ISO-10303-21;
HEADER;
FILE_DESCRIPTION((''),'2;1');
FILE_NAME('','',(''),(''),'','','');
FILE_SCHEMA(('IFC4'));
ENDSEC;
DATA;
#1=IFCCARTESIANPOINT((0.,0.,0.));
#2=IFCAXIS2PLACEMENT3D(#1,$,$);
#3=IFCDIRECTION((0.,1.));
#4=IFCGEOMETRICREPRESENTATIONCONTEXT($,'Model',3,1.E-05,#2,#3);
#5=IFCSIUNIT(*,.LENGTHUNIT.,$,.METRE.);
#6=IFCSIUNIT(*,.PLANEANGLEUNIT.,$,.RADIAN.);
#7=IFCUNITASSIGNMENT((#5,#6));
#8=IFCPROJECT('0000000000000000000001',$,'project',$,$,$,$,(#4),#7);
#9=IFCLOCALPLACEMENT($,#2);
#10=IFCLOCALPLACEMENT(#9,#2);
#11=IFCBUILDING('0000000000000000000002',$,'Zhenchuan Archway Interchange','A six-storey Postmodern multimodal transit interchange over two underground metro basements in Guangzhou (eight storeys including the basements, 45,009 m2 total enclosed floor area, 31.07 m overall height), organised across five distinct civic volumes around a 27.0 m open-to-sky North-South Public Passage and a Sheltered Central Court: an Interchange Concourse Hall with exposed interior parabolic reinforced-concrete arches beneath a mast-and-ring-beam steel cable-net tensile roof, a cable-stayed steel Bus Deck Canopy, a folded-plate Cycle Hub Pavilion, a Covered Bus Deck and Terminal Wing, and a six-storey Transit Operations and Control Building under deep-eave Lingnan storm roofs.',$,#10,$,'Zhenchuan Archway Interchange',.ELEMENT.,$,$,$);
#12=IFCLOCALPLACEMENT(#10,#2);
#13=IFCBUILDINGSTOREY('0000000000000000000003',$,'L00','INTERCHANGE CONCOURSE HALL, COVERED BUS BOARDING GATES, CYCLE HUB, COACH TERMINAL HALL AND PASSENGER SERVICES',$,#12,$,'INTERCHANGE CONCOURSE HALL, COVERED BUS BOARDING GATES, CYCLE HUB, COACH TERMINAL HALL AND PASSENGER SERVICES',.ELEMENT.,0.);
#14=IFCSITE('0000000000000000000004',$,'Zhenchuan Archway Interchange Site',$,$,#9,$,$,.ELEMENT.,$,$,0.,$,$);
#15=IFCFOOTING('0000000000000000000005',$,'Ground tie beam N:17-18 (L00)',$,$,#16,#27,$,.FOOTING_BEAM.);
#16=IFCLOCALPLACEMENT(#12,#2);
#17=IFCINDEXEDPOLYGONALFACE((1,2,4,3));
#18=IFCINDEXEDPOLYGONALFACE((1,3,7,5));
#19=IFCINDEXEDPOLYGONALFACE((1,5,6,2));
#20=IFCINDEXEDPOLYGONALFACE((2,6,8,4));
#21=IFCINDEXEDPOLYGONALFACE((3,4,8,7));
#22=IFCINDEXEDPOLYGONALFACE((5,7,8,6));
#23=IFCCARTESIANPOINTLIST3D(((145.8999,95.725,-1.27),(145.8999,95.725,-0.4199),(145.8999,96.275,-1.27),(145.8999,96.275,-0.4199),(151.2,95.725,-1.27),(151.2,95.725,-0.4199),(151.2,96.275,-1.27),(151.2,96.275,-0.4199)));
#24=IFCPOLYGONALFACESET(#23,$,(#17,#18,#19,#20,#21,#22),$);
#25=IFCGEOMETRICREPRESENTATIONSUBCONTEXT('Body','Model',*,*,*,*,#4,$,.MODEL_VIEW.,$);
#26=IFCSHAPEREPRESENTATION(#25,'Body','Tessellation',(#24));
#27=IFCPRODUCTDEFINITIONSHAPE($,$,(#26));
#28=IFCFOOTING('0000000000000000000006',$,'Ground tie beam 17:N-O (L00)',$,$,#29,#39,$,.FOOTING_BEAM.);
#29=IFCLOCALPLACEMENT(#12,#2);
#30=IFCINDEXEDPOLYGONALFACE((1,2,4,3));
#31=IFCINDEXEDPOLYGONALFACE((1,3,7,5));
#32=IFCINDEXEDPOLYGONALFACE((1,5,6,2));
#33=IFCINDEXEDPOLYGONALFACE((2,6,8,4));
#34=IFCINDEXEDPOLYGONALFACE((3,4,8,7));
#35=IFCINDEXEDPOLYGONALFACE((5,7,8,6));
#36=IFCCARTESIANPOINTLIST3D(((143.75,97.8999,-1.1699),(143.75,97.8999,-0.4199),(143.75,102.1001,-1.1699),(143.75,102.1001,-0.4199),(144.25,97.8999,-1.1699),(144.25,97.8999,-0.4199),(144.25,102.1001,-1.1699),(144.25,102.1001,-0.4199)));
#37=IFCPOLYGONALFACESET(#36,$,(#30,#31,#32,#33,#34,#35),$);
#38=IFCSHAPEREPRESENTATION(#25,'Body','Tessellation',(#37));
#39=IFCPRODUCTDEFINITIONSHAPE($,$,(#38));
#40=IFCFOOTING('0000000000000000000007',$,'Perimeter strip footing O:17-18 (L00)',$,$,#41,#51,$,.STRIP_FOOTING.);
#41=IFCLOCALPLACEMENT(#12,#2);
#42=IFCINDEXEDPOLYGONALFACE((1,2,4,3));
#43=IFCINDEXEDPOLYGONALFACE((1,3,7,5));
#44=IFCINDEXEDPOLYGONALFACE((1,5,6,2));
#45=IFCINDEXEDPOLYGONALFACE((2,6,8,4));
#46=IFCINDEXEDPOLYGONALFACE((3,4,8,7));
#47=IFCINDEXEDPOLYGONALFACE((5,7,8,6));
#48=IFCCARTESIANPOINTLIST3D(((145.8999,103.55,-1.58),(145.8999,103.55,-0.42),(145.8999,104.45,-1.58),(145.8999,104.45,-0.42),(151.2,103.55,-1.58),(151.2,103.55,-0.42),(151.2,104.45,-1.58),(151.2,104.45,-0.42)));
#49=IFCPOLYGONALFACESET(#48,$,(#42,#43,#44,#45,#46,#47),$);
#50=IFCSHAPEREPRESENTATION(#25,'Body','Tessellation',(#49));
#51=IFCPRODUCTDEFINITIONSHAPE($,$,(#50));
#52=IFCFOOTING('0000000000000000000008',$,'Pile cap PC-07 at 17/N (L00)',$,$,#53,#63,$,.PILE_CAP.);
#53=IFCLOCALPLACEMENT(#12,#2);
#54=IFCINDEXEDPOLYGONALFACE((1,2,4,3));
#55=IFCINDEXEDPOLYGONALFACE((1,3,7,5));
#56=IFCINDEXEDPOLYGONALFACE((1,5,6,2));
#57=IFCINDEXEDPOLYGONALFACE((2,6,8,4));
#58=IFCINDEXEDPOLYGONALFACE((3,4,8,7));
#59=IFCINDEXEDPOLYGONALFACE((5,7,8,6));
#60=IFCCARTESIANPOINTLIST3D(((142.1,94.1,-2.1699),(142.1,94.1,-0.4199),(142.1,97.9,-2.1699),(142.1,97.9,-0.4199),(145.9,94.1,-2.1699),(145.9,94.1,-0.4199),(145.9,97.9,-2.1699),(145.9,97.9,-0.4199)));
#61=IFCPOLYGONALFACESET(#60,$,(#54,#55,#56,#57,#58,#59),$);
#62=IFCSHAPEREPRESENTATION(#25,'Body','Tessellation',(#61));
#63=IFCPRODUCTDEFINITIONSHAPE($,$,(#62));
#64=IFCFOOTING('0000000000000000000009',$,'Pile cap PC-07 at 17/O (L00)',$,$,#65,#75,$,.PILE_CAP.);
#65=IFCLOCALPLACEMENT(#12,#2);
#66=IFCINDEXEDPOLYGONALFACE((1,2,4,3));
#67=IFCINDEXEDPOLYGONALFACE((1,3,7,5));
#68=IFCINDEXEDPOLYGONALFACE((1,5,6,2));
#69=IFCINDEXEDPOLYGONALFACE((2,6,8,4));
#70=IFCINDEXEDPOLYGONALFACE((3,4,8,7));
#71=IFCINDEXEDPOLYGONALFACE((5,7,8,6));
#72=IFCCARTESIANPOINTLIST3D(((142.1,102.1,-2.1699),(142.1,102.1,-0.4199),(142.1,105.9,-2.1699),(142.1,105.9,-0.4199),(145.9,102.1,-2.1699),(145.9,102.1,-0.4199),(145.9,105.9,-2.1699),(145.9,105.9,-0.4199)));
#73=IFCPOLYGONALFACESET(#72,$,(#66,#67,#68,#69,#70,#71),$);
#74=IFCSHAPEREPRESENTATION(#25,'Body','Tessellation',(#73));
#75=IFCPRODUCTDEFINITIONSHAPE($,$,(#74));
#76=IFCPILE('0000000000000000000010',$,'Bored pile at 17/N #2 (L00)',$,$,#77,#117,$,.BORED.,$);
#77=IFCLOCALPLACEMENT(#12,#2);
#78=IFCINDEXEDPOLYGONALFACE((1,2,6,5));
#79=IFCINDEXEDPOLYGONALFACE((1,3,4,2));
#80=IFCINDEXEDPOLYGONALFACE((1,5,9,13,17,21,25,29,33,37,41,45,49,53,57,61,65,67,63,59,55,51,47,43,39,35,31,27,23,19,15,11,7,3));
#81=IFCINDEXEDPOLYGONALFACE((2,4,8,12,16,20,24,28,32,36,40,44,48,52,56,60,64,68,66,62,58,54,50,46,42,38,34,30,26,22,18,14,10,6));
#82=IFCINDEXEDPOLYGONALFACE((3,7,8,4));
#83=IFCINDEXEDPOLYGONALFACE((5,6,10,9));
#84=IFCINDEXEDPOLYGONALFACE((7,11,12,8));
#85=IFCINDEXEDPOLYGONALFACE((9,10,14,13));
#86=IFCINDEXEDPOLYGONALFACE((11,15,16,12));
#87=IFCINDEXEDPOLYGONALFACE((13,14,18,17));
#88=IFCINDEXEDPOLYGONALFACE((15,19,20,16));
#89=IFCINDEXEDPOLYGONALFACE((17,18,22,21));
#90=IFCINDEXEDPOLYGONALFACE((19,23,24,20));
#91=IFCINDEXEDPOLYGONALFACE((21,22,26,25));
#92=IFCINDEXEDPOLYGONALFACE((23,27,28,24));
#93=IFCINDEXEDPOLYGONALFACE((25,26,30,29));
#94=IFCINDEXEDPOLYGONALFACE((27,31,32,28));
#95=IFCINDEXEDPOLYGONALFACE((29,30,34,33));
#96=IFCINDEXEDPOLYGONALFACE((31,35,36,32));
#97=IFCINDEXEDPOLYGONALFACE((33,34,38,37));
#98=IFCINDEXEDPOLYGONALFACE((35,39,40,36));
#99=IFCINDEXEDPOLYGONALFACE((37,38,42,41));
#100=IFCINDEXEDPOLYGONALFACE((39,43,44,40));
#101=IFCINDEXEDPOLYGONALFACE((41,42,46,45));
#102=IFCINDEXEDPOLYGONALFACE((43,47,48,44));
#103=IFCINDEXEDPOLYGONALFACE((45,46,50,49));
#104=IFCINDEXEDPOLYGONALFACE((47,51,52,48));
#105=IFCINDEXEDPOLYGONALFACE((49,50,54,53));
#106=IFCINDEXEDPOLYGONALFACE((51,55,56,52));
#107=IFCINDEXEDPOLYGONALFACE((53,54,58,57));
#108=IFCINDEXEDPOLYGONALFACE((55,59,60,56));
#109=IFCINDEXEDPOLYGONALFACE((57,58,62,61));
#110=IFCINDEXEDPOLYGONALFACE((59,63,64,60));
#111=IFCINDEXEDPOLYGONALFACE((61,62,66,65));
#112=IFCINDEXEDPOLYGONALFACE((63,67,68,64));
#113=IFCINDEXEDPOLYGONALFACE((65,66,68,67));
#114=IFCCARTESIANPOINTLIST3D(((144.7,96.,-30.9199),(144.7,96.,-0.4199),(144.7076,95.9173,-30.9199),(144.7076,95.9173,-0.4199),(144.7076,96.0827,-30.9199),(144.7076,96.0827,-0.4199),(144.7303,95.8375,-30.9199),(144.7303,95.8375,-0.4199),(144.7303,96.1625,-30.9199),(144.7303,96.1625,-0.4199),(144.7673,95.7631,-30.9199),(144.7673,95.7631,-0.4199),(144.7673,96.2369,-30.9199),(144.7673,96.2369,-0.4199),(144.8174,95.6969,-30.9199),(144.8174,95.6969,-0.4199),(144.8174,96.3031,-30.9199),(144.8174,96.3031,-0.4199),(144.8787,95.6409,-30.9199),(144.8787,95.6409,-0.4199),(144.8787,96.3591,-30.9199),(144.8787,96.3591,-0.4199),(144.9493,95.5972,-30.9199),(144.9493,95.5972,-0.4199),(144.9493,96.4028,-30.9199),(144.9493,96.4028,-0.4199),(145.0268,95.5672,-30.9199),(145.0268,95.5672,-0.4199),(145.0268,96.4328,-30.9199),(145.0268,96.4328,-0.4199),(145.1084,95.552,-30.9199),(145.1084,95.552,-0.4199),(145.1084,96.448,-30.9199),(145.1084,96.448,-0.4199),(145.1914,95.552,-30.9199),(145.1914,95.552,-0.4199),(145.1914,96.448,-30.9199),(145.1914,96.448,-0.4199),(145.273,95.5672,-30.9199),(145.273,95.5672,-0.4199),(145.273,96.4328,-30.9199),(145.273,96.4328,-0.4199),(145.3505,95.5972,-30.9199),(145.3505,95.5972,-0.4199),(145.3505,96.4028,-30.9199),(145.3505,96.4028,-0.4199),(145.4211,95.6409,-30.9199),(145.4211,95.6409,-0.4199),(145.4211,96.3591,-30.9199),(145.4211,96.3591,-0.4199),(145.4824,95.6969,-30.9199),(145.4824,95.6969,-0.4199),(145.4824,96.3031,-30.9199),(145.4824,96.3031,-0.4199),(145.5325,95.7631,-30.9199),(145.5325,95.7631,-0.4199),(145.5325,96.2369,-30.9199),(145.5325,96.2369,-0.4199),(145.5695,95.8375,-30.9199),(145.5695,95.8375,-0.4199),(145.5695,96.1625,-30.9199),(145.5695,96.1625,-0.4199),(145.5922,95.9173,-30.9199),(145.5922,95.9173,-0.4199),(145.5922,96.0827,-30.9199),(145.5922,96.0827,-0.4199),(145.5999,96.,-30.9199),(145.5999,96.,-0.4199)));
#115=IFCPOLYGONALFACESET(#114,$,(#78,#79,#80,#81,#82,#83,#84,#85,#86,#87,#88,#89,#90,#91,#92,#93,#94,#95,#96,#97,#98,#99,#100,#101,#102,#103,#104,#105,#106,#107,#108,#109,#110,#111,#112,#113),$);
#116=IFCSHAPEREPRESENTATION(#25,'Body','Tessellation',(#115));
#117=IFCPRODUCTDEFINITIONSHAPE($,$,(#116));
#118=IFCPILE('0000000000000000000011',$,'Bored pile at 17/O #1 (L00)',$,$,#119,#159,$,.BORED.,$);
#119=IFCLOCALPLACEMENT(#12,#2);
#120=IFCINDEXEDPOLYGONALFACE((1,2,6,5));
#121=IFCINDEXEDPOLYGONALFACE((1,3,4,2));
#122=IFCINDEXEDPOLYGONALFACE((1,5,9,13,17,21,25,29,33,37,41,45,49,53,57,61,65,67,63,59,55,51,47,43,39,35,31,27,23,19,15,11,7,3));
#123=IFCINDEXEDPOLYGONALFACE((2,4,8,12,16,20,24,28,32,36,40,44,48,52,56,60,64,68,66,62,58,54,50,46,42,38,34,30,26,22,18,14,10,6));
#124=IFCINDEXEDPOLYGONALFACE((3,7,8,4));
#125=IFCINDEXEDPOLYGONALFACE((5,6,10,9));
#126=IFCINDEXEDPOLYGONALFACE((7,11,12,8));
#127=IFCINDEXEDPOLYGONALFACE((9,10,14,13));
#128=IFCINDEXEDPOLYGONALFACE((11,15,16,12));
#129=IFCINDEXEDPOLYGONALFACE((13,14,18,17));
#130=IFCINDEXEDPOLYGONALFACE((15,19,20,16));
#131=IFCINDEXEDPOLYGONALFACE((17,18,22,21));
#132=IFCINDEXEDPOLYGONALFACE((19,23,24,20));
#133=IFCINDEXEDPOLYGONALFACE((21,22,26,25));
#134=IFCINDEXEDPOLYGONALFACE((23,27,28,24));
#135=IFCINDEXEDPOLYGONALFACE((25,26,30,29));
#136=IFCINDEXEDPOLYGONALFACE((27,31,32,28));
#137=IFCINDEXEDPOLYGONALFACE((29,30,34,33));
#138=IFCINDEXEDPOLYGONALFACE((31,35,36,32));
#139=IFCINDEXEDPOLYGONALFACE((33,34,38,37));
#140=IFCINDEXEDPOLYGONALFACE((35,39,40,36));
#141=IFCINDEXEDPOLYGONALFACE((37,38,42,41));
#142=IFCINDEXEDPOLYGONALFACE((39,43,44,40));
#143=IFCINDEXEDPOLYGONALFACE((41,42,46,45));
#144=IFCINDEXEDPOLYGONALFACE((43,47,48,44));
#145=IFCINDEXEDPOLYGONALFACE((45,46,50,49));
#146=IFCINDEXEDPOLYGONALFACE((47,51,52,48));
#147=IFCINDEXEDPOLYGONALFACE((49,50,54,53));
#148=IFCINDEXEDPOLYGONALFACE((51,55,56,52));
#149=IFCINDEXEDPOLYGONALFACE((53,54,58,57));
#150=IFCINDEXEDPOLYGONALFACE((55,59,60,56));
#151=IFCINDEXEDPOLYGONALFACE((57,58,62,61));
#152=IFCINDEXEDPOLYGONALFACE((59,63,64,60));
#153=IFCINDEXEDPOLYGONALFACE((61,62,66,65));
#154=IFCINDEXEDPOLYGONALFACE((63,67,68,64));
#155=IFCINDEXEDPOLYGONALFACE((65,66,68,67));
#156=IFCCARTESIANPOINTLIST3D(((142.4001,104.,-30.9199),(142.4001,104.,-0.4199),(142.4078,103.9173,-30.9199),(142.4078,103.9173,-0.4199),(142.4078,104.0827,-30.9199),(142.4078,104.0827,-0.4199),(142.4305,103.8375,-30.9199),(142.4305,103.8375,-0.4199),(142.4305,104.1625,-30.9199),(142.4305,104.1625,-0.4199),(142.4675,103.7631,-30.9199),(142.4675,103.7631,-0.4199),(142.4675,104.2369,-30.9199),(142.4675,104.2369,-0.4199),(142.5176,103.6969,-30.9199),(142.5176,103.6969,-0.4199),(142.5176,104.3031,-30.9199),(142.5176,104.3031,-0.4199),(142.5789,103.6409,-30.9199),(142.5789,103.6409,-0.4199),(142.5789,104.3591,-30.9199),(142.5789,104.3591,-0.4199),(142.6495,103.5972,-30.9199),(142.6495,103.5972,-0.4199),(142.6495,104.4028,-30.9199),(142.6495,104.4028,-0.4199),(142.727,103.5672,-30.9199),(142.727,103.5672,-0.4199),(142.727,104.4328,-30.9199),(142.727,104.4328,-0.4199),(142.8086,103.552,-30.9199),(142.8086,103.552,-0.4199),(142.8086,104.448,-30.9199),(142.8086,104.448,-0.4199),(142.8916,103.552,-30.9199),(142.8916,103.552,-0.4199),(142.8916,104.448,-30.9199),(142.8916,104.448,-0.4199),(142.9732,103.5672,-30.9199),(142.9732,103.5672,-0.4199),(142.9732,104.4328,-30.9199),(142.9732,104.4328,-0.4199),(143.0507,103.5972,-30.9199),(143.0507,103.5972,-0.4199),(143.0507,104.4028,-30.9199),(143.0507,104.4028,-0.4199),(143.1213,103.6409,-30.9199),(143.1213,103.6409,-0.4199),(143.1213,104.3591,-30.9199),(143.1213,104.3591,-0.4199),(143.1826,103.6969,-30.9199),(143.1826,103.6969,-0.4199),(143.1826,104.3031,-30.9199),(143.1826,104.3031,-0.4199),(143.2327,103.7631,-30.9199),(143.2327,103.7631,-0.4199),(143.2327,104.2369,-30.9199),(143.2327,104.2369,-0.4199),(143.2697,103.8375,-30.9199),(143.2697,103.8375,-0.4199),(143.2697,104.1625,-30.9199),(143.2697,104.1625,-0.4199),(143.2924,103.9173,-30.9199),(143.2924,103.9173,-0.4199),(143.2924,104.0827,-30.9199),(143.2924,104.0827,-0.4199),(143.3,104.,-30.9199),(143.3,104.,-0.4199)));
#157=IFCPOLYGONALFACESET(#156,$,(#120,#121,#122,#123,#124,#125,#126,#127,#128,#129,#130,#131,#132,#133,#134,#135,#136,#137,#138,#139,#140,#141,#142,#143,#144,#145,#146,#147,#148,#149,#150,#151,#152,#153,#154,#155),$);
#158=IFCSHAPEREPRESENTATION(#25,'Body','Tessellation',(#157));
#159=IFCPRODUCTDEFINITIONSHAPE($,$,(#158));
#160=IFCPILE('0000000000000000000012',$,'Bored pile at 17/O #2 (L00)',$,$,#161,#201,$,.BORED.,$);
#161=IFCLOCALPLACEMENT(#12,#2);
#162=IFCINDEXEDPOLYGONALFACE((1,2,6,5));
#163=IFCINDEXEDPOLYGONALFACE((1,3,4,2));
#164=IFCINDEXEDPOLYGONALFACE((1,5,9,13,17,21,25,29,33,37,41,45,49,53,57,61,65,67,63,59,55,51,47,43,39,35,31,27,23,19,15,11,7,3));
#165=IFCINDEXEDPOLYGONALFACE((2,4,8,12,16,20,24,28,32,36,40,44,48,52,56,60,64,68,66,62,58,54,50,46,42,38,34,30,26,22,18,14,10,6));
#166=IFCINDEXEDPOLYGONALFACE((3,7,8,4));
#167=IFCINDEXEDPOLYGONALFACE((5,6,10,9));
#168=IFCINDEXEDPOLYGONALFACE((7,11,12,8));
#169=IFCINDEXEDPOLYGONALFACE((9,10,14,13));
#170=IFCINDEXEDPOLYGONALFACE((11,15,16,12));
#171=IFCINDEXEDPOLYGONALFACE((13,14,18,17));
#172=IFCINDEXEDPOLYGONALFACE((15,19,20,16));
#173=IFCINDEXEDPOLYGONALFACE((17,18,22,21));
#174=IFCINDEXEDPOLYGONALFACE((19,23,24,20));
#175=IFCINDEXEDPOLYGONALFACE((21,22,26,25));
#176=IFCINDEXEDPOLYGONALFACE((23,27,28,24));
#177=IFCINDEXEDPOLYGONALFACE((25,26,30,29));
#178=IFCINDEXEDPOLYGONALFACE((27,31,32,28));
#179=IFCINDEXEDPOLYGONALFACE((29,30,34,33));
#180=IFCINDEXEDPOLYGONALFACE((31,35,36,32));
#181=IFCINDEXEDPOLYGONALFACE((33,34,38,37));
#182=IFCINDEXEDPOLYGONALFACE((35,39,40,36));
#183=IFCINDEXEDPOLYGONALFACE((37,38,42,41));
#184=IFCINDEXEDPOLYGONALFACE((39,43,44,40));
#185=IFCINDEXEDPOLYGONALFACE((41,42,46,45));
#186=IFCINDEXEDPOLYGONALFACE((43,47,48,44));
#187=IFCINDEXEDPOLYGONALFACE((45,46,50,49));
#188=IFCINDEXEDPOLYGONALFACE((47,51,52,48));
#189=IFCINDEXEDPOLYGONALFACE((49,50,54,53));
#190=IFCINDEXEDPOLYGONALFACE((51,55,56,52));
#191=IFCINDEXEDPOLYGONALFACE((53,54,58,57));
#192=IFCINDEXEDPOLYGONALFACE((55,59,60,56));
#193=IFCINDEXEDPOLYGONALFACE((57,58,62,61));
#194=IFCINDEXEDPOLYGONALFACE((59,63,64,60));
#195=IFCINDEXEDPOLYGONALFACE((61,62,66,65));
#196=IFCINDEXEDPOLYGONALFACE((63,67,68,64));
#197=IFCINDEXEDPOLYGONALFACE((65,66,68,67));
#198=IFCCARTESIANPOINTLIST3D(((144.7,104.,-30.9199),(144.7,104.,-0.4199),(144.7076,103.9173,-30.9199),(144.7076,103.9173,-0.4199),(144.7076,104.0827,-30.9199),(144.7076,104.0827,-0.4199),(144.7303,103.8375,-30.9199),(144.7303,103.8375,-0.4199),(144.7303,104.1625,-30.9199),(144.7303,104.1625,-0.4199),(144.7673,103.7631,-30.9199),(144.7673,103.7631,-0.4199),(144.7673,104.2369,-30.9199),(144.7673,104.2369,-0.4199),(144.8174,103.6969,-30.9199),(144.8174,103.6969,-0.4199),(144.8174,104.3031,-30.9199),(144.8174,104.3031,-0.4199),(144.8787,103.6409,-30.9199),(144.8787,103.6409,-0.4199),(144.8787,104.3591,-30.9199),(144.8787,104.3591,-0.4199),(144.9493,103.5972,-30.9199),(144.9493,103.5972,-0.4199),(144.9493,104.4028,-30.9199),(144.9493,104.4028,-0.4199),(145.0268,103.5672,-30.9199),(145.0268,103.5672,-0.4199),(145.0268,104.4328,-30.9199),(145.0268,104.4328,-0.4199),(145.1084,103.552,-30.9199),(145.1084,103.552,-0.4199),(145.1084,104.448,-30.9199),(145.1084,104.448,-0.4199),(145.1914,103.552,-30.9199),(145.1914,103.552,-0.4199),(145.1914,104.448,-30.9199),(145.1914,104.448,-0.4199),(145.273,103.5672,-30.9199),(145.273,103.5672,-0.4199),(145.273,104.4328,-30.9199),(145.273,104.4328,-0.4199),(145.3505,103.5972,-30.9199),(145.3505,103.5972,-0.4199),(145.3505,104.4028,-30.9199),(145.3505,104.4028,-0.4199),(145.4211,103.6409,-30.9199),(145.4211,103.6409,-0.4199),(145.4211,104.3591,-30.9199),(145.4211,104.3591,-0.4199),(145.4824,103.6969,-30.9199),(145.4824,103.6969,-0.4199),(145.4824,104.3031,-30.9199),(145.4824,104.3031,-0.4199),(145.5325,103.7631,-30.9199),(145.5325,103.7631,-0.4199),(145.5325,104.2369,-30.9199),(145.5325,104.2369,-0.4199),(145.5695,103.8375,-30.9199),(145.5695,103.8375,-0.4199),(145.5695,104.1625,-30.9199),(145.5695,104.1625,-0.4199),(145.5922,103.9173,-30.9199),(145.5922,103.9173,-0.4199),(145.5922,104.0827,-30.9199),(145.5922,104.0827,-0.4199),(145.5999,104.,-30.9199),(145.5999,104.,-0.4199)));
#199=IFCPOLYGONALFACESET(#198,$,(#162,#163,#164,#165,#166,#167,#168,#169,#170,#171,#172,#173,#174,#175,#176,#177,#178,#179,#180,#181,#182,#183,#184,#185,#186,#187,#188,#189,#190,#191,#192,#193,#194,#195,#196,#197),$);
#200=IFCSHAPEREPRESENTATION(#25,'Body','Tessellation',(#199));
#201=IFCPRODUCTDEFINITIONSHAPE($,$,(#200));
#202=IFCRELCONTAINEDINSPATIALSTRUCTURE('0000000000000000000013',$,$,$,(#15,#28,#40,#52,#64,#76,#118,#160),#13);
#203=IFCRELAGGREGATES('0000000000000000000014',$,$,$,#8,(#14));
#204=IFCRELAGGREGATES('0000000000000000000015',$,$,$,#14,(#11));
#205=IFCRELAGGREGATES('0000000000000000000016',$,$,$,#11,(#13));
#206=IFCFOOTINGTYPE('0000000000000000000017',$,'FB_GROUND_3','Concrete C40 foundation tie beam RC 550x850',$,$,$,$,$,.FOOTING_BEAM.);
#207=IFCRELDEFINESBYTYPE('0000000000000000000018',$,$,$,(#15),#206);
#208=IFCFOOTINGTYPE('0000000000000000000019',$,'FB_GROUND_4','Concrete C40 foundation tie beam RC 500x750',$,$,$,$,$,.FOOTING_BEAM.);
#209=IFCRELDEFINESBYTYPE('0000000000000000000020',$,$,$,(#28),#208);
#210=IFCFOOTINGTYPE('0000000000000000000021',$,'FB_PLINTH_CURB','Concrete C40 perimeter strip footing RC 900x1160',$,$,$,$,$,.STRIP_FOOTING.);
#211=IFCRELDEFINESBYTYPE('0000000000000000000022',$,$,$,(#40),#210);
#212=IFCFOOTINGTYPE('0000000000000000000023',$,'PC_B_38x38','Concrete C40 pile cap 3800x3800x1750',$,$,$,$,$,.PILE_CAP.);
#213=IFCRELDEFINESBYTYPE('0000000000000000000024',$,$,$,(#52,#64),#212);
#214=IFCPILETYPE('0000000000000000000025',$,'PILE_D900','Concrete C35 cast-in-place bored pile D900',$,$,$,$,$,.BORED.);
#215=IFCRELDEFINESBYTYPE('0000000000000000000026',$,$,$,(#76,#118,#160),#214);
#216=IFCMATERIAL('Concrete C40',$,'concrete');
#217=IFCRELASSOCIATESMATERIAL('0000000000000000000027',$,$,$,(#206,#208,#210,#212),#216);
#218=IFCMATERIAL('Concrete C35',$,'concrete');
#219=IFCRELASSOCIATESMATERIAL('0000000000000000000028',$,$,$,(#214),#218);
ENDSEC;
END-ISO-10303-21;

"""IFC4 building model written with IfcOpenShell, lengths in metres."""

from ifc_helpers import new_model, si_unit, direction, frame, origin, origin_2d, place, context, subcontext, project, spatial, rectangle, circle, extrude, material, material_profile, profile_set, type_object, element, save


model = new_model("IFC4")

# Units and contexts
model_context = context("Model", 3, precision=1e-05, world=origin(), true_north=direction((0.0, 1.0)))
body_context = subcontext(model_context, "Body", "Model", "MODEL_VIEW")
ifc_project = project(units=[si_unit("LENGTHUNIT", "METRE"), si_unit("PLANEANGLEUNIT", "RADIAN")], contexts=[model_context])

# Site, building, storey
site_placement = place(None, origin())
site = spatial("IfcSite", under=ifc_project, at=site_placement, Name="Zhenchuan Archway Interchange Site", CompositionType="ELEMENT", RefElevation=0.0)
building_placement = place(site_placement, origin())
building = spatial("IfcBuilding", under=site, at=building_placement, Name="Zhenchuan Archway Interchange", Description="A six-storey Postmodern multimodal transit interchange over two underground metro basements in Guangzhou (eight storeys including the basements, 45,009 m2 total enclosed floor area, 31.07 m overall height), organised across five distinct civic volumes around a 27.0 m open-to-sky North-South Public Passage and a Sheltered Central Court: an Interchange Concourse Hall with exposed interior parabolic reinforced-concrete arches beneath a mast-and-ring-beam steel cable-net tensile roof, a cable-stayed steel Bus Deck Canopy, a folded-plate Cycle Hub Pavilion, a Covered Bus Deck and Terminal Wing, and a six-storey Transit Operations and Control Building under deep-eave Lingnan storm roofs.", LongName="Zhenchuan Archway Interchange", CompositionType="ELEMENT")
storey_placement = place(building_placement, origin())
storey = spatial("IfcBuildingStorey", under=building, at=storey_placement, Name="L00", Description="INTERCHANGE CONCOURSE HALL, COVERED BUS BOARDING GATES, CYCLE HUB, COACH TERMINAL HALL AND PASSENGER SERVICES", LongName="INTERCHANGE CONCOURSE HALL, COVERED BUS BOARDING GATES, CYCLE HUB, COACH TERMINAL HALL AND PASSENGER SERVICES", CompositionType="ELEMENT", Elevation=0.0)

# Footings
ifc_material_1 = material(Name="Concrete C40", Category="concrete")
ifc_material_profile_1 = material_profile(ifc_material_1, rectangle(XDim=0.55, YDim=0.8501, at=origin_2d()), Name="RC 550x850")
ifc_profile_set_1 = profile_set([ifc_material_profile_1], Name="Concrete C40")
footing_type_1 = type_object("IfcFootingType", Name="FB_GROUND_3", Description="Concrete C40 foundation tie beam RC 550x850", PredefinedType="FOOTING_BEAM", material=ifc_profile_set_1)
footing_1_placement = place(storey_placement, frame((145.8999, 96.0, -0.845), z_axis=(1.0, 0.0, 0.0), x_axis=(0.0, 1.0, 0.0)))
element("IfcFooting", 1, at=footing_1_placement, inside=storey, type_object=footing_type_1, Name="Ground tie beam N:17-18 (L00)", PredefinedType="FOOTING_BEAM", context=body_context, shape_type="SweptSolid", body=[
    extrude(rectangle(XDim=0.55, YDim=0.8501, at=origin_2d()), origin(), (0.0, 0.0, 1.0), 5.3),
])
ifc_material_profile_2 = material_profile(ifc_material_1, rectangle(XDim=0.5, YDim=0.75, at=origin_2d()), Name="RC 500x750")
ifc_profile_set_2 = profile_set([ifc_material_profile_2], Name="Concrete C40")
footing_type_2 = type_object("IfcFootingType", Name="FB_GROUND_4", Description="Concrete C40 foundation tie beam RC 500x750", PredefinedType="FOOTING_BEAM", material=ifc_profile_set_2)
footing_2_placement = place(storey_placement, frame((144.0, 97.8999, -0.7949), z_axis=(0.0, 1.0, 0.0), x_axis=(-1.0, 0.0, 0.0)))
element("IfcFooting", 2, at=footing_2_placement, inside=storey, type_object=footing_type_2, Name="Ground tie beam 17:N-O (L00)", PredefinedType="FOOTING_BEAM", context=body_context, shape_type="SweptSolid", body=[
    extrude(rectangle(XDim=0.5, YDim=0.75, at=origin_2d()), origin(), (0.0, 0.0, 1.0), 4.2002),
])
ifc_material_profile_3 = material_profile(ifc_material_1, rectangle(XDim=0.8999, YDim=1.1599, at=origin_2d()), Name="RC 900x1160")
ifc_profile_set_3 = profile_set([ifc_material_profile_3], Name="Concrete C40")
footing_type_3 = type_object("IfcFootingType", Name="FB_PLINTH_CURB", Description="Concrete C40 perimeter strip footing RC 900x1160", PredefinedType="STRIP_FOOTING", material=ifc_profile_set_3)
footing_3_placement = place(storey_placement, frame((145.8999, 104.0, -1.0), z_axis=(1.0, 0.0, 0.0), x_axis=(0.0, 1.0, 0.0)))
element("IfcFooting", 3, at=footing_3_placement, inside=storey, type_object=footing_type_3, Name="Perimeter strip footing O:17-18 (L00)", PredefinedType="STRIP_FOOTING", context=body_context, shape_type="SweptSolid", body=[
    extrude(rectangle(XDim=0.8999, YDim=1.1599, at=origin_2d()), origin(), (0.0, 0.0, 1.0), 5.3),
])
footing_type_4 = type_object("IfcFootingType", Name="PC_B_38x38", Description="Concrete C40 pile cap 3800x3800x1750", PredefinedType="PILE_CAP", material=ifc_material_1)
for number, where, z_axis, x_axis, name in (
    (4, (144.0, 96.0, -2.1699), (0.0, 0.0, 1.0), (1.0, 0.0, 0.0), "Pile cap PC-07 at 17/N (L00)"),
    (5, (144.0, 104.0, -2.1699), (0.0, 0.0, 1.0), (1.0, 0.0, 0.0), "Pile cap PC-07 at 17/O (L00)"),
):
    element("IfcFooting", number, at=place(storey_placement, frame(where, z_axis=z_axis, x_axis=x_axis)), inside=storey, type_object=footing_type_4, Name=name, PredefinedType="PILE_CAP", context=body_context, shape_type="SweptSolid", body=[
        extrude(rectangle(XDim=3.8, YDim=3.8, at=origin_2d()), origin(), (0.0, 0.0, 1.0), 1.75),
    ])

# Piles
ifc_material_2 = material(Name="Concrete C35", Category="concrete")
ifc_material_profile_4 = material_profile(ifc_material_2, circle(Radius=0.45, at=origin_2d()), Name="BORED PILE 900")
ifc_profile_set_4 = profile_set([ifc_material_profile_4], Name="Concrete C35")
pile_type = type_object("IfcPileType", Name="PILE_D900", Description="Concrete C35 cast-in-place bored pile D900", PredefinedType="BORED", material=ifc_profile_set_4)
for number, where, z_axis, x_axis, name in (
    (6, (145.1499, 96.0, -0.4199), (0.0, 0.0, -1.0), (1.0, 0.0, 0.0), "Bored pile at 17/N #2 (L00)"),
    (7, (142.8501, 104.0, -0.4199), (0.0, 0.0, -1.0), (1.0, 0.0, 0.0), "Bored pile at 17/O #1 (L00)"),
    (8, (145.1499, 104.0, -0.4199), (0.0, 0.0, -1.0), (1.0, 0.0, 0.0), "Bored pile at 17/O #2 (L00)"),
):
    element("IfcPile", number, at=place(storey_placement, frame(where, z_axis=z_axis, x_axis=x_axis)), inside=storey, type_object=pile_type, Name=name, PredefinedType="BORED", context=body_context, shape_type="SweptSolid", body=[
        extrude(circle(Radius=0.45, at=origin_2d()), origin(), (0.0, 0.0, 1.0), 30.5),
    ])

save(model, "model.ifc")
